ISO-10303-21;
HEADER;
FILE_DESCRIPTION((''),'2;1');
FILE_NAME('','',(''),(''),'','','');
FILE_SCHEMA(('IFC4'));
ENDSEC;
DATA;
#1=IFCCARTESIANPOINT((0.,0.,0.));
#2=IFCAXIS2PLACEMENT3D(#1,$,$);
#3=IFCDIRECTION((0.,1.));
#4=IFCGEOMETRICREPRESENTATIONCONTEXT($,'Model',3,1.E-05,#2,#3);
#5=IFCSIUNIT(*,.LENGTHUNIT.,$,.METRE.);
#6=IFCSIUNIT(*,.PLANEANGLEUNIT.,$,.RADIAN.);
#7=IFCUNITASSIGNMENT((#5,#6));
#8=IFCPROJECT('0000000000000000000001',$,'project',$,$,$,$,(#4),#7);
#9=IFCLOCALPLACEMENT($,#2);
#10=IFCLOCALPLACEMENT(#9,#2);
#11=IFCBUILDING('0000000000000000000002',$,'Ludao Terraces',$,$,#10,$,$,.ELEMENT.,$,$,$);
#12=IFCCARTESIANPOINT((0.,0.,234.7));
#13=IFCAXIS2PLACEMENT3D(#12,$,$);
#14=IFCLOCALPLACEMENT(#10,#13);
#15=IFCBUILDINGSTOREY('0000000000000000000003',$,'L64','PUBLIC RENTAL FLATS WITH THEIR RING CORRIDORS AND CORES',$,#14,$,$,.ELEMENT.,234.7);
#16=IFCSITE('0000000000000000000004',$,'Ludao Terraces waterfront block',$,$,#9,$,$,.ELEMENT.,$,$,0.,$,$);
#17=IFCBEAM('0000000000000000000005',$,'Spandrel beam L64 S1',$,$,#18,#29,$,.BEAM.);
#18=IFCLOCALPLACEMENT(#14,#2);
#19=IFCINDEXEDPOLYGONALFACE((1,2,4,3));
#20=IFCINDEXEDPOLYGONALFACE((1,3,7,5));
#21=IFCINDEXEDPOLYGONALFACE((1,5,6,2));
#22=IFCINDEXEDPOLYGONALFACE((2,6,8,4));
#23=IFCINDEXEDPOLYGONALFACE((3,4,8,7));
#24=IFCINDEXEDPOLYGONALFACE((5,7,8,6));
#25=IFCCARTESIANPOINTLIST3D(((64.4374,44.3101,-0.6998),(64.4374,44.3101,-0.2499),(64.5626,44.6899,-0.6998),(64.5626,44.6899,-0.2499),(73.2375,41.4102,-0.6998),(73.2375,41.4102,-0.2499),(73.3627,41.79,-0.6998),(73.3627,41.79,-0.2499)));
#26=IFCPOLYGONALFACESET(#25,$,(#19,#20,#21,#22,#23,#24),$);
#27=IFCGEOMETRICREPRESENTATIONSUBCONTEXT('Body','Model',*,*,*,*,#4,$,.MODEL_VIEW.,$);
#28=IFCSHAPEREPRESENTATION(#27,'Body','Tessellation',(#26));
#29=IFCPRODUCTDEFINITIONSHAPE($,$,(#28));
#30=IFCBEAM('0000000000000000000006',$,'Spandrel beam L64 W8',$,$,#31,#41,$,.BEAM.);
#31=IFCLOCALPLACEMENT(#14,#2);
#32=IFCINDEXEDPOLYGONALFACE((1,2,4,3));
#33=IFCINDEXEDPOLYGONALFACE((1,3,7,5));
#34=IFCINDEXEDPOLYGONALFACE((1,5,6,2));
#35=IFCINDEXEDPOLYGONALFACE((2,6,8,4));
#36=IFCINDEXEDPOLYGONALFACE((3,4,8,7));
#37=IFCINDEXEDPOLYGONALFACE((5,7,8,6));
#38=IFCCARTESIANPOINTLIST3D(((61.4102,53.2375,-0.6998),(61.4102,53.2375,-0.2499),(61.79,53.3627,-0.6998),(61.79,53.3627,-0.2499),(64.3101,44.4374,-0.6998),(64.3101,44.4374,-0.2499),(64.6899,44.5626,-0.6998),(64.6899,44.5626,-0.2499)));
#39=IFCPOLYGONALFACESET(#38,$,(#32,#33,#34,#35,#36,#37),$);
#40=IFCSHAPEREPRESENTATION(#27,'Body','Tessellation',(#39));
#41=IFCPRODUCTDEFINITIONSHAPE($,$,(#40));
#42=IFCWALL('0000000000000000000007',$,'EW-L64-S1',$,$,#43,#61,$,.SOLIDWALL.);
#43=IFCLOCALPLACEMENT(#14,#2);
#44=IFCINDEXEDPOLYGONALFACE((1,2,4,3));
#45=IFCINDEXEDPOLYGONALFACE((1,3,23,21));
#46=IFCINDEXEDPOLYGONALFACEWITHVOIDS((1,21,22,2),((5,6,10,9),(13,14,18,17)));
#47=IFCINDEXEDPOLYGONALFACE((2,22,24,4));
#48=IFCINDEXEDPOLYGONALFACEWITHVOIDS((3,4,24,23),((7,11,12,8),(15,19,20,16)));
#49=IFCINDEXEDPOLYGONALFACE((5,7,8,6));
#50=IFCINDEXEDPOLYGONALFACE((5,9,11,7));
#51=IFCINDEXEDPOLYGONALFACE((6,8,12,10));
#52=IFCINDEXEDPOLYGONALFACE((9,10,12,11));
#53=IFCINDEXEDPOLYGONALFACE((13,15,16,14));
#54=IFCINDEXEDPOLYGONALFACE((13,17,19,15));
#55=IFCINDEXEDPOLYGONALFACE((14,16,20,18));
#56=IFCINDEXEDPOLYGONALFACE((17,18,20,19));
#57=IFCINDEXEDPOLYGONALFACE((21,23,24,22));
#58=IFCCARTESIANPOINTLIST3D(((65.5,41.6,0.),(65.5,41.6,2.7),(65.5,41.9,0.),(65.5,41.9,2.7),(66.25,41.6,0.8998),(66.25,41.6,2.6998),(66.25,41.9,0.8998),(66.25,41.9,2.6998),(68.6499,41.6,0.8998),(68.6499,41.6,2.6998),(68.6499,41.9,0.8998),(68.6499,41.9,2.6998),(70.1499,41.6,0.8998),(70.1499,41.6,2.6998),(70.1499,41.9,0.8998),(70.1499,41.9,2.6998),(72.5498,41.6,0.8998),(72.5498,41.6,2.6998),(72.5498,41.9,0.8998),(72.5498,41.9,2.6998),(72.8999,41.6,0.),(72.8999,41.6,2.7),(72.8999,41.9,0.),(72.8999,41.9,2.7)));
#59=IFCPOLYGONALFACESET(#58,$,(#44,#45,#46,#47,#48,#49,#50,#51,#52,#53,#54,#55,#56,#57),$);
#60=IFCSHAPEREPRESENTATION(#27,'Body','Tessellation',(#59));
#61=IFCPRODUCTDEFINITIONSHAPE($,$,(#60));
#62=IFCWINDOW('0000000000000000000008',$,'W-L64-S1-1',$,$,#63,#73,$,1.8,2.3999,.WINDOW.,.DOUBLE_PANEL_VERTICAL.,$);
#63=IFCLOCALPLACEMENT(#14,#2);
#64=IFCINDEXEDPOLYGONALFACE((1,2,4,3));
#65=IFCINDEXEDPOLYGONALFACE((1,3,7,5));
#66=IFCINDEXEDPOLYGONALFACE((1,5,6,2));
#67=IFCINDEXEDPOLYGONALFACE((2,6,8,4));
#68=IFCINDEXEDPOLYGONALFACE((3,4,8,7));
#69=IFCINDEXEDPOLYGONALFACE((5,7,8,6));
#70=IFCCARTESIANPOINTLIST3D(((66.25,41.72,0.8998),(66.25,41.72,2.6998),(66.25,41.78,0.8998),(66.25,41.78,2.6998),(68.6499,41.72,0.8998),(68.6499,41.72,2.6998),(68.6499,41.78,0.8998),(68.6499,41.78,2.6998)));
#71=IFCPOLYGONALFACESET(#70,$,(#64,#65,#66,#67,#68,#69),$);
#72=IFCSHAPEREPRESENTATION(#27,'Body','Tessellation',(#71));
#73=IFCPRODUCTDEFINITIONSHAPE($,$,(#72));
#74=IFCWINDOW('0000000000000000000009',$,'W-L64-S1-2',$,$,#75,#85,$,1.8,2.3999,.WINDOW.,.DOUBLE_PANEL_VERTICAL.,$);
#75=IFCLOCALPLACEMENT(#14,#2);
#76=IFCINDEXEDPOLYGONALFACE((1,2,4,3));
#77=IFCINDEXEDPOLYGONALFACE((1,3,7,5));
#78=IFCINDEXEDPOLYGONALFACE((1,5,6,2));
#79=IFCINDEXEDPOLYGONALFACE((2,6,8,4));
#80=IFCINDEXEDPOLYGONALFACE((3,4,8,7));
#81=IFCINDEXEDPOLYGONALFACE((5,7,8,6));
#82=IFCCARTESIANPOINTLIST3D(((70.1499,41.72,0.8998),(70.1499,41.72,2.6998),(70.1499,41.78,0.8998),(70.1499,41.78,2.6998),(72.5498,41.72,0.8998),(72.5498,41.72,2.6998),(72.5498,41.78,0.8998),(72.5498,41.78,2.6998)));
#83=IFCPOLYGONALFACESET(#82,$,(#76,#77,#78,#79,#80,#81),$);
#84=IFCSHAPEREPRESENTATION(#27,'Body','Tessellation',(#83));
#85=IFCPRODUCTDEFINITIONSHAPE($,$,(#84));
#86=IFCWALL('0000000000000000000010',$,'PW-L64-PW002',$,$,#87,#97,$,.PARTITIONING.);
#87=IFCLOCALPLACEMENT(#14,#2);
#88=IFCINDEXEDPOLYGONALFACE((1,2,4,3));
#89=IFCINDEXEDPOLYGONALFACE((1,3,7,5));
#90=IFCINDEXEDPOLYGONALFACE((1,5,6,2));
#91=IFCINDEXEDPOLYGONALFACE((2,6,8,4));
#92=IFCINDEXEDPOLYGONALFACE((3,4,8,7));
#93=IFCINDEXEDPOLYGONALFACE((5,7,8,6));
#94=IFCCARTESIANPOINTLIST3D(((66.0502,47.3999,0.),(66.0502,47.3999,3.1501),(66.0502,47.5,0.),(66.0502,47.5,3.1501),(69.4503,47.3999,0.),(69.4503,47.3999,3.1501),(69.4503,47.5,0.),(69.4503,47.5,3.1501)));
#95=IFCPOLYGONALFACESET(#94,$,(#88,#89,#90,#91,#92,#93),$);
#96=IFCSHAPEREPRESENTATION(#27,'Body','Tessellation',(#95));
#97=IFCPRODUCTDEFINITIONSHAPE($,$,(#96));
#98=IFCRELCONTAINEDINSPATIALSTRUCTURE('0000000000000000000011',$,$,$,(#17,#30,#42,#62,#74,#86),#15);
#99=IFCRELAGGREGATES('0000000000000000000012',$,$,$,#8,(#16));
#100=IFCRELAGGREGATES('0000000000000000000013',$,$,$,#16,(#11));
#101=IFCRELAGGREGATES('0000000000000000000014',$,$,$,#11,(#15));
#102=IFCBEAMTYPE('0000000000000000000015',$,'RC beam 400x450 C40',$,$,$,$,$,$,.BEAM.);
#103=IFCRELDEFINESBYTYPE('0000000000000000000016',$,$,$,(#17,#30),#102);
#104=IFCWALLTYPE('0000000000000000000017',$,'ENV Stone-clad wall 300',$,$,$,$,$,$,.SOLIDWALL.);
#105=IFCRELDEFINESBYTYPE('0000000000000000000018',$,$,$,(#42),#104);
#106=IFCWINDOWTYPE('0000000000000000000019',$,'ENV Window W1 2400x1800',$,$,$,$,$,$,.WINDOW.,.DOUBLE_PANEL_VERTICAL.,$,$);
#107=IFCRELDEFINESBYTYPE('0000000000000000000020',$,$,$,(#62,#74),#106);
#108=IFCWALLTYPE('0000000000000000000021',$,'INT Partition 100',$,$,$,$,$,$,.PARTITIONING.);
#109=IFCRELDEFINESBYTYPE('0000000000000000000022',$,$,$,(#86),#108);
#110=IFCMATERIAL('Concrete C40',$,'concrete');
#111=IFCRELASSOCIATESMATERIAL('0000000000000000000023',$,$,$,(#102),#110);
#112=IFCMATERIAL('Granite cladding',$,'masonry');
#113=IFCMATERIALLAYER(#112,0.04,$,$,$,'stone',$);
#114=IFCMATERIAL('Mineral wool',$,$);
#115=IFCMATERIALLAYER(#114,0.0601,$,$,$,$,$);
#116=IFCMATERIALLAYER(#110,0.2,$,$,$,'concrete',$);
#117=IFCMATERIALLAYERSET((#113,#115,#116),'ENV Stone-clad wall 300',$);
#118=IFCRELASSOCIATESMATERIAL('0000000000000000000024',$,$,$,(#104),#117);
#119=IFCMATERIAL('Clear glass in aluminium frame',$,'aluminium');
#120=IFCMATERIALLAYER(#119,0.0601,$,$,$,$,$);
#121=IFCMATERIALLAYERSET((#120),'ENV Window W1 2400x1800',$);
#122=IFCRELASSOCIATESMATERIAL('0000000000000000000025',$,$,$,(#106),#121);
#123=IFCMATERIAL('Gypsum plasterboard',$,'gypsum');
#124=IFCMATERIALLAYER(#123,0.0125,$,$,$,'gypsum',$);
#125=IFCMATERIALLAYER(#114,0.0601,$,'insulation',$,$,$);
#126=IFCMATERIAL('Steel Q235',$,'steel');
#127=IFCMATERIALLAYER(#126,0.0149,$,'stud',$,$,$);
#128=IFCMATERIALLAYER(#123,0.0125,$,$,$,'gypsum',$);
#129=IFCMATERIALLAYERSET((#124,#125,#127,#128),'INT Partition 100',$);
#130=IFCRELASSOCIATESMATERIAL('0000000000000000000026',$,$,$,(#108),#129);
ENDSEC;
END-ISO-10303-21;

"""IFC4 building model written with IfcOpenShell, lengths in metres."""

from ifc_helpers import new_model, si_unit, direction, frame, frame_2d, origin, origin_2d, place, context, subcontext, project, spatial, rectangle, extrude, material, layer, layer_set, material_profile, profile_set, type_object, element, fill, save


model = new_model("IFC4")

# Units and contexts
model_context = context("Model", 3, precision=1e-05, world=origin(), true_north=direction((0.0, 1.0)))
body_context = subcontext(model_context, "Body", "Model", "MODEL_VIEW")
ifc_project = project(units=[si_unit("LENGTHUNIT", "METRE"), si_unit("PLANEANGLEUNIT", "RADIAN")], contexts=[model_context])

# Site, building, storey
site_placement = place(None, origin())
site = spatial("IfcSite", under=ifc_project, at=site_placement, Name="Ludao Terraces waterfront block", CompositionType="ELEMENT", RefElevation=0.0)
building_placement = place(site_placement, origin())
building = spatial("IfcBuilding", under=site, at=building_placement, Name="Ludao Terraces", CompositionType="ELEMENT")
storey_placement = place(building_placement, frame((0.0, 0.0, 234.7)))
storey = spatial("IfcBuildingStorey", under=building, at=storey_placement, Name="L64", Description="PUBLIC RENTAL FLATS WITH THEIR RING CORRIDORS AND CORES", CompositionType="ELEMENT", Elevation=234.7)

# Beams
ifc_material_1 = material(Name="Concrete C40", Category="concrete")
ifc_material_profile = material_profile(ifc_material_1, rectangle(XDim=0.3999, YDim=0.45, at=origin_2d()), Name="400 X 450")
ifc_profile_set = profile_set([ifc_material_profile], Name="Concrete C40")
beam_type = type_object("IfcBeamType", Name="RC beam 400x450 C40", PredefinedType="BEAM", material=ifc_profile_set)
for number, where, z_axis, x_axis, name in (
    (1, (64.5, 44.5, -0.4749), (0.949761, -0.312977, 0.0), (0.312977, 0.949761, 0.0), "Spandrel beam L64 S1"),
    (2, (64.5, 44.5, -0.4749), (-0.312977, 0.949761, 0.0), (-0.949761, -0.312977, 0.0), "Spandrel beam L64 W8"),
):
    element("IfcBeam", number, at=place(storey_placement, frame(where, z_axis=z_axis, x_axis=x_axis)), inside=storey, type_object=beam_type, Name=name, PredefinedType="BEAM", context=body_context, shape_type="SweptSolid", body=[
        extrude(rectangle(XDim=0.3999, YDim=0.45, at=origin_2d()), origin(), (0.0, 0.0, 1.0), 9.2656),
    ])

# Wall, openings, windows
ifc_material_2 = material(Name="Granite cladding", Category="masonry")
ifc_layer_1 = layer(ifc_material_2, 0.04, Category="stone")
ifc_material_3 = material(Name="Mineral wool")
ifc_layer_2 = layer(ifc_material_3, 0.0601)
ifc_layer_3 = layer(ifc_material_1, 0.2, Category="concrete")
ifc_layer_set_1 = layer_set([ifc_layer_1, ifc_layer_2, ifc_layer_3], Name="ENV Stone-clad wall 300")
wall_type_1 = type_object("IfcWallType", Name="ENV Stone-clad wall 300", PredefinedType="SOLIDWALL", material=ifc_layer_set_1)
wall_1_placement = place(storey_placement, frame((65.5, 41.75, 0.0), z_axis=(0.0, 0.0, 1.0), x_axis=(1.0, 0.0, 0.0)))
wall_1 = element("IfcWall", 3, at=wall_1_placement, inside=storey, type_object=wall_type_1, Name="EW-L64-S1", PredefinedType="SOLIDWALL", context=body_context, shape_type="SweptSolid", body=[
    extrude(rectangle(XDim=7.3999, YDim=0.3, at=frame_2d((3.7, 0.0))), origin(), (0.0, 0.0, 1.0), 2.7),
])
opening_1_placement = place(wall_1_placement, frame((0.75, 0.0, 0.8999)))
opening_1 = element("IfcOpeningElement", 4, at=opening_1_placement, cuts=wall_1, PredefinedType="OPENING", context=body_context, shape_type="SweptSolid", body=[
    extrude(rectangle(XDim=2.3999, YDim=1.8, at=frame_2d((1.2, 0.8999))), frame((0.0, 0.1602, 0.0), z_axis=(0.0, -1.0, 0.0), x_axis=(1.0, 0.0, 0.0)), (0.0, 0.0, 1.0), 0.3201),
])
opening_2_placement = place(wall_1_placement, frame((4.6499, 0.0, 0.8999)))
opening_2 = element("IfcOpeningElement", 5, at=opening_2_placement, cuts=wall_1, PredefinedType="OPENING", context=body_context, shape_type="SweptSolid", body=[
    extrude(rectangle(XDim=2.3999, YDim=1.8, at=frame_2d((1.2, 0.8999))), frame((0.0, 0.1602, 0.0), z_axis=(0.0, -1.0, 0.0), x_axis=(1.0, 0.0, 0.0)), (0.0, 0.0, 1.0), 0.3201),
])
ifc_material_4 = material(Name="Clear glass in aluminium frame", Category="aluminium")
ifc_layer_4 = layer(ifc_material_4, 0.0601)
ifc_layer_set_2 = layer_set([ifc_layer_4], Name="ENV Window W1 2400x1800")
window_type = type_object("IfcWindowType", Name="ENV Window W1 2400x1800", PartitioningType="DOUBLE_PANEL_VERTICAL", PredefinedType="WINDOW", material=ifc_layer_set_2)
window_1_placement = place(opening_1_placement, origin())
window_1 = element("IfcWindow", 6, at=window_1_placement, inside=storey, type_object=window_type, Name="W-L64-S1-1", OverallHeight=1.8, OverallWidth=2.3999, PartitioningType="DOUBLE_PANEL_VERTICAL", PredefinedType="WINDOW", context=body_context, shape_type="SweptSolid", body=[
    extrude(rectangle(XDim=2.3999, YDim=1.8, at=frame_2d((1.2, 0.8999))), frame((0.0, 0.03, 0.0), z_axis=(0.0, -1.0, 0.0), x_axis=(1.0, 0.0, 0.0)), (0.0, 0.0, 1.0), 0.0601),
])
fill(opening_1, window_1)
window_2_placement = place(opening_2_placement, origin())
window_2 = element("IfcWindow", 7, at=window_2_placement, inside=storey, type_object=window_type, Name="W-L64-S1-2", OverallHeight=1.8, OverallWidth=2.3999, PartitioningType="DOUBLE_PANEL_VERTICAL", PredefinedType="WINDOW", context=body_context, shape_type="SweptSolid", body=[
    extrude(rectangle(XDim=2.3999, YDim=1.8, at=frame_2d((1.2, 0.8999))), frame((0.0, 0.03, 0.0), z_axis=(0.0, -1.0, 0.0), x_axis=(1.0, 0.0, 0.0)), (0.0, 0.0, 1.0), 0.0601),
])
fill(opening_2, window_2)

# Wall
ifc_material_5 = material(Name="Gypsum plasterboard", Category="gypsum")
ifc_layer_5 = layer(ifc_material_5, 0.0125, Category="gypsum")
ifc_layer_6 = layer(ifc_material_3, 0.0601, Name="insulation")
ifc_material_6 = material(Name="Steel Q235", Category="steel")
ifc_layer_7 = layer(ifc_material_6, 0.0149, Name="stud")
ifc_layer_8 = layer(ifc_material_5, 0.0125, Category="gypsum")
ifc_layer_set_3 = layer_set([ifc_layer_5, ifc_layer_6, ifc_layer_7, ifc_layer_8], Name="INT Partition 100")
wall_type_2 = type_object("IfcWallType", Name="INT Partition 100", PredefinedType="PARTITIONING", material=ifc_layer_set_3)
wall_2_placement = place(storey_placement, frame((66.05, 47.45, 0.0), z_axis=(0.0, 0.0, 1.0), x_axis=(1.0, 0.0, 0.0)))
element("IfcWall", 8, at=wall_2_placement, inside=storey, type_object=wall_type_2, Name="PW-L64-PW002", PredefinedType="PARTITIONING", context=body_context, shape_type="SweptSolid", body=[
    extrude(rectangle(XDim=3.4001, YDim=0.1001, at=frame_2d((1.7002, 0.0))), origin(), (0.0, 0.0, 1.0), 3.1501),
])

save(model, "model.ifc")
